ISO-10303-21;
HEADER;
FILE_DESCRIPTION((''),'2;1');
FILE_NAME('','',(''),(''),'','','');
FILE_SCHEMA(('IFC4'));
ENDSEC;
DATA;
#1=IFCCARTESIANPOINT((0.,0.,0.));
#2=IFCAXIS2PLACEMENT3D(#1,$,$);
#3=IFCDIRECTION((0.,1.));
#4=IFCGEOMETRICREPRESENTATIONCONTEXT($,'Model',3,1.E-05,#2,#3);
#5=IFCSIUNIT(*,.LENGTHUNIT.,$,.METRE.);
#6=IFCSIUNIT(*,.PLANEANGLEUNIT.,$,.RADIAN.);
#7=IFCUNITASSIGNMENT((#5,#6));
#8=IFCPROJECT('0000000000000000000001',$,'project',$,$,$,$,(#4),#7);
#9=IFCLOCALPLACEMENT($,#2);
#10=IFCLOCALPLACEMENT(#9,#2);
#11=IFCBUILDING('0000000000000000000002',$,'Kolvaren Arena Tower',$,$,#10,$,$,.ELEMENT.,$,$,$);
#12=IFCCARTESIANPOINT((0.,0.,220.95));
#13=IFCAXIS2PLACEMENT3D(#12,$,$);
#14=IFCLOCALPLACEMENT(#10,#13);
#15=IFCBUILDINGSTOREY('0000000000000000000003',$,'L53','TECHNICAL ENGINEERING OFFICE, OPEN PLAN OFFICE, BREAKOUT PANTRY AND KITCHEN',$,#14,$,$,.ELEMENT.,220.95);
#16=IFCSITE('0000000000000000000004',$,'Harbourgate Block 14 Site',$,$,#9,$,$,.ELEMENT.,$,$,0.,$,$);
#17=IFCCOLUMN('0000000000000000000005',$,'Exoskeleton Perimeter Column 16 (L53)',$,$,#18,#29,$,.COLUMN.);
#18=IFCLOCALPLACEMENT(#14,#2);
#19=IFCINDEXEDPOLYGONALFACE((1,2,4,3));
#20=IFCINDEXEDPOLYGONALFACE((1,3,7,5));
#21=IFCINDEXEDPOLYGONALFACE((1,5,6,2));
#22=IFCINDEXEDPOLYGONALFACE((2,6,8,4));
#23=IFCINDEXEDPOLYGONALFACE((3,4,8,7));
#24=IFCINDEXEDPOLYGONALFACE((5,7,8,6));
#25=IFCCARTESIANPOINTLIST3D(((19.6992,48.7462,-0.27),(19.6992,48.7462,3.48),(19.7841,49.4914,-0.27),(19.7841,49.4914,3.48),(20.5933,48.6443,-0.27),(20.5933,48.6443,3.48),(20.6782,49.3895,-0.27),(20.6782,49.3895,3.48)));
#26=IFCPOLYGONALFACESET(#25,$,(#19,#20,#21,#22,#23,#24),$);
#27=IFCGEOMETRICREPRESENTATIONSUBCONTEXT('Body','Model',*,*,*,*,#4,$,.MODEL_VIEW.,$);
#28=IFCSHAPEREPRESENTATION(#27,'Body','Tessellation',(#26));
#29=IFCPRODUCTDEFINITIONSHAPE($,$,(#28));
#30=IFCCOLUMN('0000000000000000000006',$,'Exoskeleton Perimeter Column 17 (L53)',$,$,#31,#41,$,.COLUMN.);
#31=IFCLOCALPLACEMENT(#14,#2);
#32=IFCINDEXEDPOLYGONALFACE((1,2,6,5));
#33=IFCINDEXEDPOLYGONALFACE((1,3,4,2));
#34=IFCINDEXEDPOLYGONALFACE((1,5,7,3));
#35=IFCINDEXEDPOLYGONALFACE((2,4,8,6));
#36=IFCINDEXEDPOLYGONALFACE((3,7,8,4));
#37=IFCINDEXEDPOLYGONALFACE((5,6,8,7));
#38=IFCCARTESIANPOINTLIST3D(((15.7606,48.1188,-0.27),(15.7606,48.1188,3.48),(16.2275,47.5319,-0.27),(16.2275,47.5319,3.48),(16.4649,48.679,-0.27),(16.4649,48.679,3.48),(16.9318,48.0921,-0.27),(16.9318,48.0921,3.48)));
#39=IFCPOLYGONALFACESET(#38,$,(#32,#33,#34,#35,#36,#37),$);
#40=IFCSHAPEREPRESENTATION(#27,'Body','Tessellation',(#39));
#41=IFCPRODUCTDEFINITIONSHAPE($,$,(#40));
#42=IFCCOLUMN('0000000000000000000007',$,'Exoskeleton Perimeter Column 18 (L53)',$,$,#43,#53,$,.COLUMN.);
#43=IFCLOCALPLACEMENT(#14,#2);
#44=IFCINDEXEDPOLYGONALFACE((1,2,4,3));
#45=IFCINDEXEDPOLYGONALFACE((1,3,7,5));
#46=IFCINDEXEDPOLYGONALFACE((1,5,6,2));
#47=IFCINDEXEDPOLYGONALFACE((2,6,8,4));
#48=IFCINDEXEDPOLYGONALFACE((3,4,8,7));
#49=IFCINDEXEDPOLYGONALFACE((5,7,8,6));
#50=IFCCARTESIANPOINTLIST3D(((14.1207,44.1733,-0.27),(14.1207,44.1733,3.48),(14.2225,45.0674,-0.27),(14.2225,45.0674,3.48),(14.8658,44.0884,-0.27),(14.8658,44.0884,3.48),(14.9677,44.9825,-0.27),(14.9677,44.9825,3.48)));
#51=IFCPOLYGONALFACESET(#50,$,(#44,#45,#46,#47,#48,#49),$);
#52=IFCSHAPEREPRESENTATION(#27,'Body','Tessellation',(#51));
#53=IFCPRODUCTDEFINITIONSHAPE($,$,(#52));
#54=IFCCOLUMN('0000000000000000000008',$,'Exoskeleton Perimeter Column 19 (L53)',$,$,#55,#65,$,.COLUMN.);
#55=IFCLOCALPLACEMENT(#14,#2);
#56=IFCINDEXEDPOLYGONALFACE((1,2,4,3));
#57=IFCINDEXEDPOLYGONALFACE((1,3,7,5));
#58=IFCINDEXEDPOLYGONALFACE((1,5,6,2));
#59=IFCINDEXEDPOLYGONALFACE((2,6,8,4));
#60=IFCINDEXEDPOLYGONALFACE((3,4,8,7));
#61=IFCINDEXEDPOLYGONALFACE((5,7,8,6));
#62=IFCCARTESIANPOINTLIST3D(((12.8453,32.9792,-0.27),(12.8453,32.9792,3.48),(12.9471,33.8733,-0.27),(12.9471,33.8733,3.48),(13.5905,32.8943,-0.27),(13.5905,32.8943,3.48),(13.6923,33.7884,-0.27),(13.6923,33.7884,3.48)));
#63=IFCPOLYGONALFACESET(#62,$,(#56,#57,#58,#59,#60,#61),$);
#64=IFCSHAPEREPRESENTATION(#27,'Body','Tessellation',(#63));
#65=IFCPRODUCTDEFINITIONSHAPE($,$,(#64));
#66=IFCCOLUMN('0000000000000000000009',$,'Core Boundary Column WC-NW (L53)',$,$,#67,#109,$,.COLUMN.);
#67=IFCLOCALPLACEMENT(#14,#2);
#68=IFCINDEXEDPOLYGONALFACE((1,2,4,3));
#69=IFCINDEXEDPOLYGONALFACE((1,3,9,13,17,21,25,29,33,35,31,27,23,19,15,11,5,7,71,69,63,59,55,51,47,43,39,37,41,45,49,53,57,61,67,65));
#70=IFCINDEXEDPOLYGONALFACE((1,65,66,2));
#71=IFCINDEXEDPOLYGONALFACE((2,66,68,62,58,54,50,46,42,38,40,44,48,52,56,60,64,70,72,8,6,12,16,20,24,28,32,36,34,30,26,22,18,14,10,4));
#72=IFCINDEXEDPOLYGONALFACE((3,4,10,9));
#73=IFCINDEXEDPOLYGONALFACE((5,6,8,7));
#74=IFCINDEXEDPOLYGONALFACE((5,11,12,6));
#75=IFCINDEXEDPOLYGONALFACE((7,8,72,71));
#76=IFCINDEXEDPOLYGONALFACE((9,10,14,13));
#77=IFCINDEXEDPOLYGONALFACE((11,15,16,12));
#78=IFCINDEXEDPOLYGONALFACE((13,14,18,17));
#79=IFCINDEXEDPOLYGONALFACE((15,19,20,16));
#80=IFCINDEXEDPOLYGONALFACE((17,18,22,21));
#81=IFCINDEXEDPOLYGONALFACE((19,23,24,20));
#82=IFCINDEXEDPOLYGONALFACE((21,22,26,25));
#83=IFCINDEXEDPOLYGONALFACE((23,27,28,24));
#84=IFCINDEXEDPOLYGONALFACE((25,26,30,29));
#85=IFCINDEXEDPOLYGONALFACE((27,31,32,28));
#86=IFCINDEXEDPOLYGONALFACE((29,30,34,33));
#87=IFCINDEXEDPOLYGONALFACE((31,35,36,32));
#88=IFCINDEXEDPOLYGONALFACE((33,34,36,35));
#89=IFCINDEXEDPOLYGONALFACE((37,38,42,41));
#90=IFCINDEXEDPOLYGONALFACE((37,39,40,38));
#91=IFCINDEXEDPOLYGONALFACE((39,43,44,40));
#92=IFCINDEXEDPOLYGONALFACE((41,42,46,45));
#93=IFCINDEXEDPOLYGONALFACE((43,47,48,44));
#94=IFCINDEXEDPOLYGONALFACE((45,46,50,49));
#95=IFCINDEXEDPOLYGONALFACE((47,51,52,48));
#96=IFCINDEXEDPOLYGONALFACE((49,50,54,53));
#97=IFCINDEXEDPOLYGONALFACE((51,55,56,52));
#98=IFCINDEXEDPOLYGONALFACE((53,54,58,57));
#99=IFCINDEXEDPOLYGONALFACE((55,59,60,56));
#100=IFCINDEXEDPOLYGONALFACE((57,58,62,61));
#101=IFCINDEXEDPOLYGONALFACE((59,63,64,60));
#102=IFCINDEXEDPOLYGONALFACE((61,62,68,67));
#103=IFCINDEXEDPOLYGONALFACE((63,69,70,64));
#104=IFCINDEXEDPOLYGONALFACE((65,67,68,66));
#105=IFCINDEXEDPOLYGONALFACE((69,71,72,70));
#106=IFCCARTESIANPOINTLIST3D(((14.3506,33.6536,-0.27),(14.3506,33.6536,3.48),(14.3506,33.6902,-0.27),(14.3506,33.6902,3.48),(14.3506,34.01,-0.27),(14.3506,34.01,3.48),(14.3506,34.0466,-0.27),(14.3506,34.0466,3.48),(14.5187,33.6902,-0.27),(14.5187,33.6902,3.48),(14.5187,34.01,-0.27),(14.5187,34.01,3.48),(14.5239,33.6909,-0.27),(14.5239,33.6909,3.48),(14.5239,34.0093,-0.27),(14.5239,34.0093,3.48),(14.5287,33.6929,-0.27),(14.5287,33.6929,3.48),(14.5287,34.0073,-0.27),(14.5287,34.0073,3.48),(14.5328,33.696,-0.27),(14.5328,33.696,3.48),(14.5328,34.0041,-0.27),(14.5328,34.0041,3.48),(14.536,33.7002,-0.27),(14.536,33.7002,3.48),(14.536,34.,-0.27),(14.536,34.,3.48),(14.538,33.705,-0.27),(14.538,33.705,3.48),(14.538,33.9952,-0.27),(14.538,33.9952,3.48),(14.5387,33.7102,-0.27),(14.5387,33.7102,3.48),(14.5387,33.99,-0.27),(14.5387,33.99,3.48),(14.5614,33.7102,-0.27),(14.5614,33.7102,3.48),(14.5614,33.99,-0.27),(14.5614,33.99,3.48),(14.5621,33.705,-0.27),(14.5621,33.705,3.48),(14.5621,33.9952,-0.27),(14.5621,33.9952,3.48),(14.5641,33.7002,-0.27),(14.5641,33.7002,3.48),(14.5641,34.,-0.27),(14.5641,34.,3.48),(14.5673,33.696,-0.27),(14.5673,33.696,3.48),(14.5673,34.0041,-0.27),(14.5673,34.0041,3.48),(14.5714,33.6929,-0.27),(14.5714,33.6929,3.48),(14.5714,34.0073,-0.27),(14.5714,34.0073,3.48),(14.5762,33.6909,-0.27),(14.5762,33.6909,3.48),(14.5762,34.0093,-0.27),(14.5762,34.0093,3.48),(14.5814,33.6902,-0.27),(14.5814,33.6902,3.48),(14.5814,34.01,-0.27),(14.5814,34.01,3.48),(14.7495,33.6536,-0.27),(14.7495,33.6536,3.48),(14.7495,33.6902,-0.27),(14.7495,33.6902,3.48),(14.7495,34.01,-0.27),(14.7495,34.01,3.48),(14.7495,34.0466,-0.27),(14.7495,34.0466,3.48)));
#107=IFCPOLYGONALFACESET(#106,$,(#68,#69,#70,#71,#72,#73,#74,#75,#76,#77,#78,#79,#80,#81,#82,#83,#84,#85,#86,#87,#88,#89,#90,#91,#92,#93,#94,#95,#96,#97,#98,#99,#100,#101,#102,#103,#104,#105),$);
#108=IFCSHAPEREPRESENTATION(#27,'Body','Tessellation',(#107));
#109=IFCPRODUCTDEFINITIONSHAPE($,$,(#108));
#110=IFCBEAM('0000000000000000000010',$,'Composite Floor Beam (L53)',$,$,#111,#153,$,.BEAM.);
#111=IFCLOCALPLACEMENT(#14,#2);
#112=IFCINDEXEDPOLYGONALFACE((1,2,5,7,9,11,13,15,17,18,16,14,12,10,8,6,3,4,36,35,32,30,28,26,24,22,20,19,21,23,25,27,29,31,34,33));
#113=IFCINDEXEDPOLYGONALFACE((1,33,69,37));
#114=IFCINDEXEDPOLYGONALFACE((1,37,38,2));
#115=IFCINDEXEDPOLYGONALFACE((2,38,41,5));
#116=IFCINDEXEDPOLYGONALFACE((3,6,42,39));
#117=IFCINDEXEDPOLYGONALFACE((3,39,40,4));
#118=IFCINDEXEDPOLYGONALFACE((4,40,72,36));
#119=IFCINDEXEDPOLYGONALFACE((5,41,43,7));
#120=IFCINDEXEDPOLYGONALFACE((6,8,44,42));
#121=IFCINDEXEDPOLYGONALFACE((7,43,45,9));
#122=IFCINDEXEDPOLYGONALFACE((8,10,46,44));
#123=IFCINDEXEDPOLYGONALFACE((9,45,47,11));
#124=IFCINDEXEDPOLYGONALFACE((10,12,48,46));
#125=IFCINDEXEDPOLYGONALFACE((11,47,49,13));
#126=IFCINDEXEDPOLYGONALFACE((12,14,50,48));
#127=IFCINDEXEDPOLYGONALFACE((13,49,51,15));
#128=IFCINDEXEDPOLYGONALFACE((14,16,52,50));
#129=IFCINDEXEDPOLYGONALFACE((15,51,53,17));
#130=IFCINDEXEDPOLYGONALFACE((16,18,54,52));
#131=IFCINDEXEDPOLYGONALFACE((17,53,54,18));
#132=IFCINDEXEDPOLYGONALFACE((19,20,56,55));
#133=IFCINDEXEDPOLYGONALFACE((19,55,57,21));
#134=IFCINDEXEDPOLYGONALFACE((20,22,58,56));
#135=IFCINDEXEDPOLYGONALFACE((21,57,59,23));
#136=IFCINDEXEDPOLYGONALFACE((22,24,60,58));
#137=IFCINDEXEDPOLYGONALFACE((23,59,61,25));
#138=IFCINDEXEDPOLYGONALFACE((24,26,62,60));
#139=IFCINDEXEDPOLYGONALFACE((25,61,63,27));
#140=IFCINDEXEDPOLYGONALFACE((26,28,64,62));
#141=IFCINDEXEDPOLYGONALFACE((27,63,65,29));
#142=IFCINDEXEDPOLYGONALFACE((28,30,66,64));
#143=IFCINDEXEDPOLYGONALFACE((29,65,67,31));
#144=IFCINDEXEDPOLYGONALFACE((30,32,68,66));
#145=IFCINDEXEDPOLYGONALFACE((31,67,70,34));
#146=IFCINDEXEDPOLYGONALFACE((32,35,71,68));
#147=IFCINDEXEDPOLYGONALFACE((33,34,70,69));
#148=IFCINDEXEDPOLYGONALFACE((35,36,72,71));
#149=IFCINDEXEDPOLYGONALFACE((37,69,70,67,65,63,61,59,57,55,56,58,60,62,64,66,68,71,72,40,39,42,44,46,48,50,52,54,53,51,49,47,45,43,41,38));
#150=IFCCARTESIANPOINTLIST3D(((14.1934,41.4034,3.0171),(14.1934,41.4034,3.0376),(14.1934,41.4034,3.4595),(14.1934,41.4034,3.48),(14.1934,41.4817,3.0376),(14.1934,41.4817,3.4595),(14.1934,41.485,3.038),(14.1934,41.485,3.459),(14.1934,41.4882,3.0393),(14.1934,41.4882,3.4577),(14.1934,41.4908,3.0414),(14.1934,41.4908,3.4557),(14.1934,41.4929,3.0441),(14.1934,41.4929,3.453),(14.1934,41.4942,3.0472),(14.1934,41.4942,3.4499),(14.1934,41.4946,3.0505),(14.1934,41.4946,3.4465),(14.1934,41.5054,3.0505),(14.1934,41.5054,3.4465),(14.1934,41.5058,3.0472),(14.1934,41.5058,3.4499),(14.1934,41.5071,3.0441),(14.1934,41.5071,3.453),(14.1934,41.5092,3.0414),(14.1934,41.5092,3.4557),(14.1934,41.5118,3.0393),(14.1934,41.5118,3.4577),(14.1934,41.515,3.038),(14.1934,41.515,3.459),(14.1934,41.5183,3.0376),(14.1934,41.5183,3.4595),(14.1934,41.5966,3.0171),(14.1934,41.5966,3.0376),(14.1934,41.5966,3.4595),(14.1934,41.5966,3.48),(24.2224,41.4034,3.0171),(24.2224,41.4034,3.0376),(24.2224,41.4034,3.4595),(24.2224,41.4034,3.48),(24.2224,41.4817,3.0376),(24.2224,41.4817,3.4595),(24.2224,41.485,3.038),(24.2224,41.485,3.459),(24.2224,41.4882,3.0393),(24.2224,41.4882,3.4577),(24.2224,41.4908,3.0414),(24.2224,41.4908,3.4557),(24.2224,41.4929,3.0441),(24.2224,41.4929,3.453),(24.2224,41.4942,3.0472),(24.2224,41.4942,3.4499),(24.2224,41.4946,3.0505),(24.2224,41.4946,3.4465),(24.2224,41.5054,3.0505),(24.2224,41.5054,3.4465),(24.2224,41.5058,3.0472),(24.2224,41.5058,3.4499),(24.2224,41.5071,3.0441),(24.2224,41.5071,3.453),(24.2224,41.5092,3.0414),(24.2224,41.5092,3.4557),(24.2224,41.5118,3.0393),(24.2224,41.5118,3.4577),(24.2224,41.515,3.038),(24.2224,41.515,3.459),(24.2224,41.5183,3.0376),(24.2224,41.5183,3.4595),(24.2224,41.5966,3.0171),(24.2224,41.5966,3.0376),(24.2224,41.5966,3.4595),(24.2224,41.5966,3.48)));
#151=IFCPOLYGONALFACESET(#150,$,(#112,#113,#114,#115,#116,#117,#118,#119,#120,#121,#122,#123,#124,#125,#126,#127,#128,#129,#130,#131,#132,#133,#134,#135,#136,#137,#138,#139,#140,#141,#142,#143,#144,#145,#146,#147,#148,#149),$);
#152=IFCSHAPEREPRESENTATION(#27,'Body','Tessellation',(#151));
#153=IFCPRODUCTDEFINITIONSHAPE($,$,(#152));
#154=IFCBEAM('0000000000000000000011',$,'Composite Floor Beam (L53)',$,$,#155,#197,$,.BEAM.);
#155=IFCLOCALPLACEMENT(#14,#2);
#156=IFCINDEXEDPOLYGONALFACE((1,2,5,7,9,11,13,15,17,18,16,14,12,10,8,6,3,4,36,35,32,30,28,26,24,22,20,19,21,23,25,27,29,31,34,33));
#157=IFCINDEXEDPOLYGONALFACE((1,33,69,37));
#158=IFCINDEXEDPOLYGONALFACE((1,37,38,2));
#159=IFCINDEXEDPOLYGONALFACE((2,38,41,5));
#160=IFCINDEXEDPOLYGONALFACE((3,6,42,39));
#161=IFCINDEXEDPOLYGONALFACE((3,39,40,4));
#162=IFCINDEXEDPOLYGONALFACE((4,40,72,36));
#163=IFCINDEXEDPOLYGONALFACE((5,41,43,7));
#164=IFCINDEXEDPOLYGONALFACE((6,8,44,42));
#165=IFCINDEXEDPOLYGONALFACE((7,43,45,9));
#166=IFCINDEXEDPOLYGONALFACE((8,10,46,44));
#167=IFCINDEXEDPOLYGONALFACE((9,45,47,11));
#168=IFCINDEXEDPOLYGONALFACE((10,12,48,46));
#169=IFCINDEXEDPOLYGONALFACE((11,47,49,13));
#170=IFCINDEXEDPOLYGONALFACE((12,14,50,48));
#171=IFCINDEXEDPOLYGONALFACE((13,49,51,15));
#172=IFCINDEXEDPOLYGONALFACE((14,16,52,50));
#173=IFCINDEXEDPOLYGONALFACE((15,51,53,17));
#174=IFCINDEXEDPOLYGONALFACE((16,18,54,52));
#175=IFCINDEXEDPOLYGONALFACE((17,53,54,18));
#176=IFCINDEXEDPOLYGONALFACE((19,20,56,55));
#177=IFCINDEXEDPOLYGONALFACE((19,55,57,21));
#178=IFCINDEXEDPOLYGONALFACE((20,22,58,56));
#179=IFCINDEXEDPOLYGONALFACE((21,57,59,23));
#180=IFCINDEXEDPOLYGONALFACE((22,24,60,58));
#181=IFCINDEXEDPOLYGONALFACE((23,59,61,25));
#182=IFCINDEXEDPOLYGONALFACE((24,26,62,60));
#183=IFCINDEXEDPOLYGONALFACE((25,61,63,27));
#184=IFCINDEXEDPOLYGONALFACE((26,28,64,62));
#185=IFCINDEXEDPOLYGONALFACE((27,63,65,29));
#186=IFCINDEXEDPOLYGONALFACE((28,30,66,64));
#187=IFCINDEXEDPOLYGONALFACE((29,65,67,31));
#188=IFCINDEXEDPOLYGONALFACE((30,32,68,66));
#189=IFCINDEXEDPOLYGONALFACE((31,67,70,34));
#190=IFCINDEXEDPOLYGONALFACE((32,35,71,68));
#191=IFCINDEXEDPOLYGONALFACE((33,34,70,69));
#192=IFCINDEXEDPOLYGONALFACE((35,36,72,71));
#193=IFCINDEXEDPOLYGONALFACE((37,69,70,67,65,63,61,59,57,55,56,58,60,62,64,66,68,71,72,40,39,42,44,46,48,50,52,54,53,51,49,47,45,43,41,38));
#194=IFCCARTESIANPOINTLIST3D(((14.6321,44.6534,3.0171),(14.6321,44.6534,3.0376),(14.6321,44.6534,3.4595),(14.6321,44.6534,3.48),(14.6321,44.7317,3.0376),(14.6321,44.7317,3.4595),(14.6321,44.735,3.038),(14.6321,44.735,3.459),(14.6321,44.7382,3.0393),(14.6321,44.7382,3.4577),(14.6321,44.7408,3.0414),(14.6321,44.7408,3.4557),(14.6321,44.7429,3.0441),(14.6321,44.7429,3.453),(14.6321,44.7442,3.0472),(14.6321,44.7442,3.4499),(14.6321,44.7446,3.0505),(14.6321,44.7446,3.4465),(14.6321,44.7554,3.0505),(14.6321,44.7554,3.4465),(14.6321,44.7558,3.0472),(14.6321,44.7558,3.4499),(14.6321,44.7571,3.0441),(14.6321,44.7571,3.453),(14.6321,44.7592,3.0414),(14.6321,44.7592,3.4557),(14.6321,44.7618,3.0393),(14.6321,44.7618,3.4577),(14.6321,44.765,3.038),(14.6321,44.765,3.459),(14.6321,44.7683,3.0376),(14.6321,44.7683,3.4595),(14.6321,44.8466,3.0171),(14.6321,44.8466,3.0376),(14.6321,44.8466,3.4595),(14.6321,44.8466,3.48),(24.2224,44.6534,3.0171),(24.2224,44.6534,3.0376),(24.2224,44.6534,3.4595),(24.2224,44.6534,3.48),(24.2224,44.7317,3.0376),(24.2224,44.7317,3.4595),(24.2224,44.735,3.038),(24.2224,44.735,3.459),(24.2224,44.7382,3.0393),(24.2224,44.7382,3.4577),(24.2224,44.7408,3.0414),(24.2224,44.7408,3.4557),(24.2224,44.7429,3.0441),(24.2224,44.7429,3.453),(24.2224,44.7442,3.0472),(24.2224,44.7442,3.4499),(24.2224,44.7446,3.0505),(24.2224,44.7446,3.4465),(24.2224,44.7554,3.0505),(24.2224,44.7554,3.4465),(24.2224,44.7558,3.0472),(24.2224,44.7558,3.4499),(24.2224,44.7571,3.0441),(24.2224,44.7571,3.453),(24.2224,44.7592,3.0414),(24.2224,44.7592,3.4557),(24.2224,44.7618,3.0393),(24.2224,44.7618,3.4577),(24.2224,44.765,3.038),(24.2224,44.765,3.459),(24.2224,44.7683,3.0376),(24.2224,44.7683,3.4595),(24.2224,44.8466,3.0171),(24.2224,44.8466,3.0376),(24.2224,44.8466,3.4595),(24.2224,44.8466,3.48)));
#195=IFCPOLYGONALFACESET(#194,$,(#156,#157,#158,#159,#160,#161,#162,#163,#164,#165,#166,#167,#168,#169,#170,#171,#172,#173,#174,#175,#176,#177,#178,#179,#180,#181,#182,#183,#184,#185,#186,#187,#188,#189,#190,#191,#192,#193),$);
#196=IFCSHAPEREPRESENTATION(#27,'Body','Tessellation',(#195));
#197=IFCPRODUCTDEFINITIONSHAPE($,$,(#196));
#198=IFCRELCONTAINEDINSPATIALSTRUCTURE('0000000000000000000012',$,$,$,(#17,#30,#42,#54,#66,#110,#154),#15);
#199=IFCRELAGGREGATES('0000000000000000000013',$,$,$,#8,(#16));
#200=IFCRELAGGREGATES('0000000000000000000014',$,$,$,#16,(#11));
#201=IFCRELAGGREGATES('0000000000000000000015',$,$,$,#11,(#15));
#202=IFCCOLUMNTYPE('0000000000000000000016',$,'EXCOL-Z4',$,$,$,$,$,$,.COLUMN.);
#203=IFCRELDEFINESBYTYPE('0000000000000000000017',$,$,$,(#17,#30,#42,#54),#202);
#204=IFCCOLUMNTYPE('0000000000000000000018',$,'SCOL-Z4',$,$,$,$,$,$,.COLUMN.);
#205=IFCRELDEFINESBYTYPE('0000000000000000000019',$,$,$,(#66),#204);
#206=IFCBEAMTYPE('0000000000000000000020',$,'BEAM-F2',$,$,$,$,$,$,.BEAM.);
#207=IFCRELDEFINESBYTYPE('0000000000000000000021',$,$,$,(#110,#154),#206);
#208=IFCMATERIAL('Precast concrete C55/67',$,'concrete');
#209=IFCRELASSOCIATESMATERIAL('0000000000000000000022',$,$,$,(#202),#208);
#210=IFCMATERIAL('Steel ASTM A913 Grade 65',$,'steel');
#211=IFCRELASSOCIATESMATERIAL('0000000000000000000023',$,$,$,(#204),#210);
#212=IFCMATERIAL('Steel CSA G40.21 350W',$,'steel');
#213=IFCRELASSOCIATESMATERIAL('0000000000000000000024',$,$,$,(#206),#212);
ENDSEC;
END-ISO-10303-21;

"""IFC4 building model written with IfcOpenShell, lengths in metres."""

from ifc_helpers import new_model, si_unit, direction, frame, origin, origin_2d, place, context, subcontext, project, spatial, rectangle, i_section, extrude, material, material_profile, profile_set, type_object, element, save


model = new_model("IFC4")

# Units and contexts
model_context = context("Model", 3, precision=1e-05, world=origin(), true_north=direction((0.0, 1.0)))
body_context = subcontext(model_context, "Body", "Model", "MODEL_VIEW")
ifc_project = project(units=[si_unit("LENGTHUNIT", "METRE"), si_unit("PLANEANGLEUNIT", "RADIAN")], contexts=[model_context])

# Site, building, storey
site_placement = place(None, origin())
site = spatial("IfcSite", under=ifc_project, at=site_placement, Name="Harbourgate Block 14 Site", CompositionType="ELEMENT", RefElevation=0.0)
building_placement = place(site_placement, origin())
building = spatial("IfcBuilding", under=site, at=building_placement, Name="Kolvaren Arena Tower", CompositionType="ELEMENT")
storey_placement = place(building_placement, frame((0.0, 0.0, 220.95)))
storey = spatial("IfcBuildingStorey", under=building, at=storey_placement, Name="L53", Description="TECHNICAL ENGINEERING OFFICE, OPEN PLAN OFFICE, BREAKOUT PANTRY AND KITCHEN", CompositionType="ELEMENT", Elevation=220.95)

# Columns
ifc_material_1 = material(Name="Precast concrete C55/67", Category="concrete")
ifc_material_profile_1 = material_profile(ifc_material_1, rectangle(XDim=0.8999, YDim=0.75, at=origin_2d()), Name="RC-900x750")
ifc_profile_set_1 = profile_set([ifc_material_profile_1], Name="Precast concrete C55/67")
column_type_1 = type_object("IfcColumnType", Name="EXCOL-Z4", PredefinedType="COLUMN", material=ifc_profile_set_1)
for number, where, z_axis, x_axis, name in (
    (1, (20.1887, 49.0679, -0.27), (0.0, 0.0, 1.0), (0.993572, -0.113203, 0.0), "Exoskeleton Perimeter Column 16 (L53)"),
    (2, (16.3462, 48.1055, -0.27), (0.0, 0.0, 1.0), (0.782608, 0.622515, 0.0), "Exoskeleton Perimeter Column 17 (L53)"),
    (3, (14.5442, 44.5779, -0.27), (0.0, 0.0, 1.0), (0.113203, 0.993572, 0.0), "Exoskeleton Perimeter Column 18 (L53)"),
    (4, (13.2688, 33.3838, -0.27), (0.0, 0.0, 1.0), (0.113203, 0.993572, 0.0), "Exoskeleton Perimeter Column 19 (L53)"),
):
    element("IfcColumn", number, at=place(storey_placement, frame(where, z_axis=z_axis, x_axis=x_axis)), inside=storey, type_object=column_type_1, Name=name, PredefinedType="COLUMN", context=body_context, shape_type="SweptSolid", body=[
        extrude(rectangle(XDim=0.8999, YDim=0.75, at=origin_2d()), origin(), (0.0, 0.0, 1.0), 3.75),
    ])
ifc_material_2 = material(Name="Steel ASTM A913 Grade 65", Category="steel")
ifc_material_profile_2 = material_profile(ifc_material_2, i_section(OverallWidth=0.3989, OverallDepth=0.3931, WebThickness=0.0227, FlangeThickness=0.0366, FilletRadius=0.02, at=origin_2d()), Name="W360x287")
ifc_profile_set_2 = profile_set([ifc_material_profile_2], Name="Steel ASTM A913 Grade 65")
column_type_2 = type_object("IfcColumnType", Name="SCOL-Z4", PredefinedType="COLUMN", material=ifc_profile_set_2)
column_placement = place(storey_placement, frame((14.55, 33.8501, -0.27), z_axis=(0.0, 0.0, 1.0), x_axis=(1.0, 0.0, 0.0)))
element("IfcColumn", 5, at=column_placement, inside=storey, type_object=column_type_2, Name="Core Boundary Column WC-NW (L53)", PredefinedType="COLUMN", context=body_context, shape_type="SweptSolid", body=[
    extrude(i_section(OverallWidth=0.3989, OverallDepth=0.3931, WebThickness=0.0227, FlangeThickness=0.0366, FilletRadius=0.02, at=origin_2d()), origin(), (0.0, 0.0, 1.0), 3.75),
])

# Beams
ifc_material_3 = material(Name="Steel CSA G40.21 350W", Category="steel")
ifc_material_profile_3 = material_profile(ifc_material_3, i_section(OverallWidth=0.1931, OverallDepth=0.4629, WebThickness=0.0107, FlangeThickness=0.0205, FilletRadius=0.0129, at=origin_2d()), Name="W460x113")
ifc_profile_set_3 = profile_set([ifc_material_profile_3], Name="Steel CSA G40.21 350W")
beam_type_1 = type_object("IfcBeamType", Name="BEAM-F2", PredefinedType="BEAM", material=ifc_profile_set_3)
beam_1_placement = place(storey_placement, frame((14.1934, 41.5, 3.2485), z_axis=(1.0, 0.0, 0.0), x_axis=(0.0, 1.0, 0.0)))
element("IfcBeam", 6, at=beam_1_placement, inside=storey, type_object=beam_type_1, Name="Composite Floor Beam (L53)", PredefinedType="BEAM", context=body_context, shape_type="SweptSolid", body=[
    extrude(i_section(OverallWidth=0.1931, OverallDepth=0.4629, WebThickness=0.0107, FlangeThickness=0.0205, FilletRadius=0.0129, at=origin_2d()), origin(), (0.0, 0.0, 1.0), 10.0291),
])
beam_2_placement = place(storey_placement, frame((14.6321, 44.75, 3.2485), z_axis=(1.0, 0.0, 0.0), x_axis=(0.0, 1.0, 0.0)))
element("IfcBeam", 7, at=beam_2_placement, inside=storey, type_object=beam_type_1, Name="Composite Floor Beam (L53)", PredefinedType="BEAM", context=body_context, shape_type="SweptSolid", body=[
    extrude(i_section(OverallWidth=0.1931, OverallDepth=0.4629, WebThickness=0.0107, FlangeThickness=0.0205, FilletRadius=0.0129, at=origin_2d()), origin(), (0.0, 0.0, 1.0), 9.5903),
])

save(model, "model.ifc")
